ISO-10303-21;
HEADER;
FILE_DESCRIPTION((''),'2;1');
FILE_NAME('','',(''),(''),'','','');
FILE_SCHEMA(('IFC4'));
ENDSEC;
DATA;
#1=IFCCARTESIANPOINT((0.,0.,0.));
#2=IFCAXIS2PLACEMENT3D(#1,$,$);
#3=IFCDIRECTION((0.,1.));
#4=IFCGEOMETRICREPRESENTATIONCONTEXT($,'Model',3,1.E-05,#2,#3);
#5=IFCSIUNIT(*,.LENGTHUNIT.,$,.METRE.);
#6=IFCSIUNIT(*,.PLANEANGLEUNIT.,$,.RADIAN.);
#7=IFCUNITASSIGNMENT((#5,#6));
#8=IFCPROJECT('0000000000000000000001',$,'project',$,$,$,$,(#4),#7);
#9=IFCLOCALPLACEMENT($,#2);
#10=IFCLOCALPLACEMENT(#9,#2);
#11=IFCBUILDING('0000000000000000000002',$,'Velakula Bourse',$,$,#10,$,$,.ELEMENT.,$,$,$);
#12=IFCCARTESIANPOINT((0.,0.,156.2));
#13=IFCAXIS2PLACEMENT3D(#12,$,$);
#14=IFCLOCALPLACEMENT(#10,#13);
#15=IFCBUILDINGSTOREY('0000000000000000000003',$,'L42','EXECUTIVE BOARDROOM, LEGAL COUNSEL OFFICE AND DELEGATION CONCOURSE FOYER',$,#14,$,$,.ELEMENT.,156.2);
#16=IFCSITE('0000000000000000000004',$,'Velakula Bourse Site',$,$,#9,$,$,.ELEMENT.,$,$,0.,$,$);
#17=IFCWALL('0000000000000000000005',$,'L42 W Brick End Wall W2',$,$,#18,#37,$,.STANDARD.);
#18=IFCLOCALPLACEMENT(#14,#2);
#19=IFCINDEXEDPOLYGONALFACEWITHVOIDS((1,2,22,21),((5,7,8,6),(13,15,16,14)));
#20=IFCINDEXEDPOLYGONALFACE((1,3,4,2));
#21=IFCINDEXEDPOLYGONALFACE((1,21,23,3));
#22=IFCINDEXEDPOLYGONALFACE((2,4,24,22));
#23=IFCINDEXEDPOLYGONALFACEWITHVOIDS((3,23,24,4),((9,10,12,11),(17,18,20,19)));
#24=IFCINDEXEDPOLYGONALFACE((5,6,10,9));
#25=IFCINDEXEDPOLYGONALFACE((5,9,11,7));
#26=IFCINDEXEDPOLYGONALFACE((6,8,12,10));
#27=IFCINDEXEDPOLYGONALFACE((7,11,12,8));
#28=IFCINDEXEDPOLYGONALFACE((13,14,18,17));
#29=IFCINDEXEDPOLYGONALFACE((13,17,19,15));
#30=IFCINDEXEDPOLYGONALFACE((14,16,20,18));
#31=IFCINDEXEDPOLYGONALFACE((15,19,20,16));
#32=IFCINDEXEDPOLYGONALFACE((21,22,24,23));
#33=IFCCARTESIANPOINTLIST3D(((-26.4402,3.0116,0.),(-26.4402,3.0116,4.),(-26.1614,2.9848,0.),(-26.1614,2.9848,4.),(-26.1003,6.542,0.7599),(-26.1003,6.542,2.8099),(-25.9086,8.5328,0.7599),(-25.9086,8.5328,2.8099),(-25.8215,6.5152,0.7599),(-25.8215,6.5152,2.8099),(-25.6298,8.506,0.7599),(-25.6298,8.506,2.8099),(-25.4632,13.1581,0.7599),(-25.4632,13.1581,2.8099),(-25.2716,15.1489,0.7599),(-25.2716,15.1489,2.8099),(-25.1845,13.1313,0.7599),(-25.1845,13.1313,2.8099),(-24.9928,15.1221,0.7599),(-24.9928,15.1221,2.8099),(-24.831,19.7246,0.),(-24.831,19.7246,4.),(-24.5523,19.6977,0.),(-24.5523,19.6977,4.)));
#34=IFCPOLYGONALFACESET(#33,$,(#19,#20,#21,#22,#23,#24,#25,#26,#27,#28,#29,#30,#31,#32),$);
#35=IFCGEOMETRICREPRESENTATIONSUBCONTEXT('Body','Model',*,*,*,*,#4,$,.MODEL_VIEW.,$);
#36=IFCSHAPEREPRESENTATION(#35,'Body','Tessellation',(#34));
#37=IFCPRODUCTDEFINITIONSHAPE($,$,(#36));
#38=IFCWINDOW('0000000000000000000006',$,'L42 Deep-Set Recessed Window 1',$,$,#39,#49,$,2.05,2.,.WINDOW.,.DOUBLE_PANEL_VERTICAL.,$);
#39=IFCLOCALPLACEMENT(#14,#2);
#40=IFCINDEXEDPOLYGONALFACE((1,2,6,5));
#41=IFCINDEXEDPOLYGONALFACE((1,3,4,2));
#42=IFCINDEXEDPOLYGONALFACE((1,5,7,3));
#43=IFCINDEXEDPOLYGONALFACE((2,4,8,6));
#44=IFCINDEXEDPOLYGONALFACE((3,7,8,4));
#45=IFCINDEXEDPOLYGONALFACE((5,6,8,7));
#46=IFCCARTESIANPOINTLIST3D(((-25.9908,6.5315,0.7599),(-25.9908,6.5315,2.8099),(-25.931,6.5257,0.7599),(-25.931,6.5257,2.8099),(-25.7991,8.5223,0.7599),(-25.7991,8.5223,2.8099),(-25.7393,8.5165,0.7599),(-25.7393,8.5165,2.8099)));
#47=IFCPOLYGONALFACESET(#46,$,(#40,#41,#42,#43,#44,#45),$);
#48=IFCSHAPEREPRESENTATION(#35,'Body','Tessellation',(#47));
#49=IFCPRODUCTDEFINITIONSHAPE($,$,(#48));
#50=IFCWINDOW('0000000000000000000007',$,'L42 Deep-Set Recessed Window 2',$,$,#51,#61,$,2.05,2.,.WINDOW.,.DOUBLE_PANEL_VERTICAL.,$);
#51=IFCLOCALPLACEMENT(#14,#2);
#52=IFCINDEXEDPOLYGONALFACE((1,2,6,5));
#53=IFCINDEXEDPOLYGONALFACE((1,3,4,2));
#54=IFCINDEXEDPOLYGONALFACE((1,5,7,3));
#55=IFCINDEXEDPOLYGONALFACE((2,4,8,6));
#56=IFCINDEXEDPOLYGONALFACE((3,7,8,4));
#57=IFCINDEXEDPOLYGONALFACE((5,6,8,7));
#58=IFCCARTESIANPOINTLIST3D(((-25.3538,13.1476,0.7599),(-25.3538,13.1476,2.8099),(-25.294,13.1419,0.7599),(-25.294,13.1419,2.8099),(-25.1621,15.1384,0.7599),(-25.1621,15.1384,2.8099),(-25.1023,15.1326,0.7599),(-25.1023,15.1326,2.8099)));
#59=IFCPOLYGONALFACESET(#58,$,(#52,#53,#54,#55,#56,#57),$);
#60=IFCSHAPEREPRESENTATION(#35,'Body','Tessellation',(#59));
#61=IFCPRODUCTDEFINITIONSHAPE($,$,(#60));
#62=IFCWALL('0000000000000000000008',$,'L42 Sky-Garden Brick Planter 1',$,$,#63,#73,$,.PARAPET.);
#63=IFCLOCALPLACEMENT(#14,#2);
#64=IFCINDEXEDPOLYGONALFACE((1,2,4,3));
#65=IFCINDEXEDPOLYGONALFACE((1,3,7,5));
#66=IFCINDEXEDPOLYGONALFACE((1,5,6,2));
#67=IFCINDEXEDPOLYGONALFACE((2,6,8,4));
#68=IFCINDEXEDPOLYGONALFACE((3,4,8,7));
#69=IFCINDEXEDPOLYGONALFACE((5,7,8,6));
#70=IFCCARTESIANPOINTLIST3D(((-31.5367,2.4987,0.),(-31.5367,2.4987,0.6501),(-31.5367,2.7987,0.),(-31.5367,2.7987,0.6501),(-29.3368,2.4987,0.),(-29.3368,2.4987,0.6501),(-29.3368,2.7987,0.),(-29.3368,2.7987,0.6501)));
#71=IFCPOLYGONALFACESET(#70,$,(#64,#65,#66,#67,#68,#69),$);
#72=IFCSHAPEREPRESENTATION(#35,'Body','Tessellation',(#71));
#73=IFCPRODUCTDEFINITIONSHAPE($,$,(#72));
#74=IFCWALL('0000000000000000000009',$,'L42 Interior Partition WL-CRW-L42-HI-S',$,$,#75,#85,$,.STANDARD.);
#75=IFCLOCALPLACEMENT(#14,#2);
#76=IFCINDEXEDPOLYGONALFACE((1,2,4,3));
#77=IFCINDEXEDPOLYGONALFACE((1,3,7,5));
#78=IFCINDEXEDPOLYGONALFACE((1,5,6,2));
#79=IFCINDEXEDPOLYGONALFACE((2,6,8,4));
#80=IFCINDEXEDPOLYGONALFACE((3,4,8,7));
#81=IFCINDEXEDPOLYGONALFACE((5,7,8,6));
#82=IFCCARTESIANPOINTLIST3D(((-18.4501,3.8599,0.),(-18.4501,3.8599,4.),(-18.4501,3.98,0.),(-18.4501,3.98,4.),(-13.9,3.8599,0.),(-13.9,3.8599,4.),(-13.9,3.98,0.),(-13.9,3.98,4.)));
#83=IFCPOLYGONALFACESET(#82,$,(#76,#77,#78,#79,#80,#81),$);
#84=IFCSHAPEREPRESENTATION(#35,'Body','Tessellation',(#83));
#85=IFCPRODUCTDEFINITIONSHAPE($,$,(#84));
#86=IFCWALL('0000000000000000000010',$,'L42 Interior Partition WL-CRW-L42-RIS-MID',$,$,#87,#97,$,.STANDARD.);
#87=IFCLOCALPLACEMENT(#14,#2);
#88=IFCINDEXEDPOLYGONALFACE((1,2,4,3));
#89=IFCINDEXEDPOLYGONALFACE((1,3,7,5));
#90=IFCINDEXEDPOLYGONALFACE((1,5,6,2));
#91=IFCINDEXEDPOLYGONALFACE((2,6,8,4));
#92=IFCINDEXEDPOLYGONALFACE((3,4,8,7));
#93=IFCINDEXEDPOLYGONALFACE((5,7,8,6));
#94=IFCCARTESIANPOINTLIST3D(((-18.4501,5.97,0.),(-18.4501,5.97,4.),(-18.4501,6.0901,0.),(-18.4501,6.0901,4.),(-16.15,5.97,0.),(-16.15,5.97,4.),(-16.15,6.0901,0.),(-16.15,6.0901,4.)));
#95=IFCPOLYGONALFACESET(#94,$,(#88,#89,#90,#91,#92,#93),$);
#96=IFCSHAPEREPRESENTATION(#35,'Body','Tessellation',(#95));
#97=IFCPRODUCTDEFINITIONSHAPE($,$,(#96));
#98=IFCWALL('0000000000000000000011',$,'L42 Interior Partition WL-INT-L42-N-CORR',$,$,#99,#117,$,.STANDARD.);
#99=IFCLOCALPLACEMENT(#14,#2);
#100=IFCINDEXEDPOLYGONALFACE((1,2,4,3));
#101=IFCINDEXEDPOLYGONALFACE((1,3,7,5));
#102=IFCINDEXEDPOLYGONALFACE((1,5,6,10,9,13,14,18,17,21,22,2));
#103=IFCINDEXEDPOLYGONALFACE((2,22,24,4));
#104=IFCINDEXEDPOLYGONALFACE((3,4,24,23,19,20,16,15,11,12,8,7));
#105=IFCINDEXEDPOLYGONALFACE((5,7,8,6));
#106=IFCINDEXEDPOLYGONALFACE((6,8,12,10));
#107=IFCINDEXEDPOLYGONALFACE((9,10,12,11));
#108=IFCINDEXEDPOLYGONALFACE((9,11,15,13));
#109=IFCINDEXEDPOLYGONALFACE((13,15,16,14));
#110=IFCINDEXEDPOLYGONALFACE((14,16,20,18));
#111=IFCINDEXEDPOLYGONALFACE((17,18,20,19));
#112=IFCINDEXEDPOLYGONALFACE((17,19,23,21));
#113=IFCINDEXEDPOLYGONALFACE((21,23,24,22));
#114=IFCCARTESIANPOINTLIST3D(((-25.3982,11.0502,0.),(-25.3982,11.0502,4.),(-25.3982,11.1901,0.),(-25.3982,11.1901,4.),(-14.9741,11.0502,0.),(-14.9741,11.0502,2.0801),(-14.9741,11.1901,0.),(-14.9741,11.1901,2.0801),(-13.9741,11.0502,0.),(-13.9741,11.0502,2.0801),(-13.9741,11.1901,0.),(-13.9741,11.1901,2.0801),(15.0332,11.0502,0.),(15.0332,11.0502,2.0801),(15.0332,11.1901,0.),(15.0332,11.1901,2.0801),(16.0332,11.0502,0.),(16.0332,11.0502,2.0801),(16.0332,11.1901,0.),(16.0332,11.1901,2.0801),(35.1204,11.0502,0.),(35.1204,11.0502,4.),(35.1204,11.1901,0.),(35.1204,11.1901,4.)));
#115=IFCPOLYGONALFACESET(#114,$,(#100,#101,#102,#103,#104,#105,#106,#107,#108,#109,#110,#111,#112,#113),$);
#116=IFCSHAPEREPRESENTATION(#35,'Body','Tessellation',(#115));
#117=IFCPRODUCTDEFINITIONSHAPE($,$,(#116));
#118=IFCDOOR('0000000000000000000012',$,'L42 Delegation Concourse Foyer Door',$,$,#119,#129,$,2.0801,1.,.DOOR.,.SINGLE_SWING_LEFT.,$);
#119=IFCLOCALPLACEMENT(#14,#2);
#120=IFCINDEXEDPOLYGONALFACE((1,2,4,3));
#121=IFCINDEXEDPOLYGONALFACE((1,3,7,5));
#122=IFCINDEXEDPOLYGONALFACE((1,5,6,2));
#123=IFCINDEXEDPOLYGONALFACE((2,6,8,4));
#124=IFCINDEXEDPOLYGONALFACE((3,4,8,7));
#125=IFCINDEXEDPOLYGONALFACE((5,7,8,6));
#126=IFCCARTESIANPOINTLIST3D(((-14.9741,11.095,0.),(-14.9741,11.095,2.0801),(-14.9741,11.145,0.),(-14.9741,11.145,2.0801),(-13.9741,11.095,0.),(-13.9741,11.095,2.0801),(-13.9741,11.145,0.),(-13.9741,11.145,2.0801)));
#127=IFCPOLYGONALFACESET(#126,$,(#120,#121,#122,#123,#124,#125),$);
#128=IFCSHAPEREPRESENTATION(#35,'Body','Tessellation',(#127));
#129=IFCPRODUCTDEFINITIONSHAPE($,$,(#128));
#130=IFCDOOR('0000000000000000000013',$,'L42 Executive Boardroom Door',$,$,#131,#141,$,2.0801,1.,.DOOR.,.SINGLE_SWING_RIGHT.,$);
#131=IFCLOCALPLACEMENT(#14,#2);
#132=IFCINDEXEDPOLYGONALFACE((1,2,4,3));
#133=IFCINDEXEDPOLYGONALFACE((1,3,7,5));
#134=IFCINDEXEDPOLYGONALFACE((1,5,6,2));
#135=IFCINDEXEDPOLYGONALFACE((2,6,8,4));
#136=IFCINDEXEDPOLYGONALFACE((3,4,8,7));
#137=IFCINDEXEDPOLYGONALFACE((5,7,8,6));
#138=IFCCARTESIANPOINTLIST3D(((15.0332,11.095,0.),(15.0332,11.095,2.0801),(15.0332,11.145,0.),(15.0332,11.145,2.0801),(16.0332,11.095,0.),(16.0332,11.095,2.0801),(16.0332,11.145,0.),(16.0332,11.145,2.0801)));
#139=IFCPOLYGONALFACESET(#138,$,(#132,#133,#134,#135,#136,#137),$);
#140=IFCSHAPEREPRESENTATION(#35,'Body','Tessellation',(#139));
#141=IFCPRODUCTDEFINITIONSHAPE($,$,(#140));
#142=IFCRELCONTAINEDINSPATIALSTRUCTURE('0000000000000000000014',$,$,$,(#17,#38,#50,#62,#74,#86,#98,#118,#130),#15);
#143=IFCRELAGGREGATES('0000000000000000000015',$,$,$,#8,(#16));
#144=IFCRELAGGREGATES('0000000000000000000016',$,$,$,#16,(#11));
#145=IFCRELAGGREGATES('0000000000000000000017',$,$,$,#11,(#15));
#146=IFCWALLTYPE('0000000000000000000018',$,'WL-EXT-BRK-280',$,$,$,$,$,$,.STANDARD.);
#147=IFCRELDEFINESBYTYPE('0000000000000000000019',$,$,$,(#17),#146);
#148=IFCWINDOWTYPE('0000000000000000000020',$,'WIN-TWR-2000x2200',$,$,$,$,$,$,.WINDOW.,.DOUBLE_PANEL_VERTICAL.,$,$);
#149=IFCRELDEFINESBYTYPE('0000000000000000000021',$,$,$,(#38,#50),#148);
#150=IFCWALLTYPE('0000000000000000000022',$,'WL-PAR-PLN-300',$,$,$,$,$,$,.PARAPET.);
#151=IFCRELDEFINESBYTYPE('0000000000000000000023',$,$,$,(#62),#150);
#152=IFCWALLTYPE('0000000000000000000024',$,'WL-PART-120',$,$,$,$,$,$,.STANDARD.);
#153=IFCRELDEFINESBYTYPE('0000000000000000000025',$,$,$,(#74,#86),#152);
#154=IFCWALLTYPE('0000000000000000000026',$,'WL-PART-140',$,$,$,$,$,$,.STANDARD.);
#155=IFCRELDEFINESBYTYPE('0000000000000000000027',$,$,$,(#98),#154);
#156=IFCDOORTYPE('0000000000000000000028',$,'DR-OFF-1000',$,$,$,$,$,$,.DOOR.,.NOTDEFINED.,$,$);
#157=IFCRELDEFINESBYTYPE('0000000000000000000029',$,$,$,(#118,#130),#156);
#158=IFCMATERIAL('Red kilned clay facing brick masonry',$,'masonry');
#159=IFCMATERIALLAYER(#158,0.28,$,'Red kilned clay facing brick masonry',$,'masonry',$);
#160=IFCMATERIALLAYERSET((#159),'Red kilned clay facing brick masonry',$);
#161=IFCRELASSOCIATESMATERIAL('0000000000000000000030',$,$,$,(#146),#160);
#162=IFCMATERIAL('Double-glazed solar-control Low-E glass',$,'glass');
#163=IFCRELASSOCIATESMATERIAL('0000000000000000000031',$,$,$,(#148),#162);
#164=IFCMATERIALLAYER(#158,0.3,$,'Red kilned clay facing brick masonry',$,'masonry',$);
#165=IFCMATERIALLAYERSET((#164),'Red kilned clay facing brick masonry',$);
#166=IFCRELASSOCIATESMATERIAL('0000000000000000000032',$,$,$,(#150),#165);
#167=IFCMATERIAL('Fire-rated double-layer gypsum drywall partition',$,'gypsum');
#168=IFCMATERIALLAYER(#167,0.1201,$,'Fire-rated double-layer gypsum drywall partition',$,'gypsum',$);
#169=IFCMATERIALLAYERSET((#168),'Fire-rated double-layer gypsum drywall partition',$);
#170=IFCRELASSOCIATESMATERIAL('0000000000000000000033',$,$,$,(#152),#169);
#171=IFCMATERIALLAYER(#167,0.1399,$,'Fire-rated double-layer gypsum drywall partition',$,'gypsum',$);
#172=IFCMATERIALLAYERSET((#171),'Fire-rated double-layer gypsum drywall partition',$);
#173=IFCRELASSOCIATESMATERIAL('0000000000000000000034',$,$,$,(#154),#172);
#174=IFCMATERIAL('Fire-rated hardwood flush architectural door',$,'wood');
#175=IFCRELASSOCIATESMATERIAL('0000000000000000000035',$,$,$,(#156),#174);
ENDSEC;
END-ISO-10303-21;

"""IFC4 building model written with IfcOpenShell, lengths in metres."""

from ifc_helpers import new_model, si_unit, direction, frame, frame_2d, origin, place, context, subcontext, project, spatial, rectangle, extrude, material, layer, layer_set, type_object, element, fill, save


model = new_model("IFC4")

# Units and contexts
model_context = context("Model", 3, precision=1e-05, world=origin(), true_north=direction((0.0, 1.0)))
body_context = subcontext(model_context, "Body", "Model", "MODEL_VIEW")
ifc_project = project(units=[si_unit("LENGTHUNIT", "METRE"), si_unit("PLANEANGLEUNIT", "RADIAN")], contexts=[model_context])

# Site, building, storey
site_placement = place(None, origin())
site = spatial("IfcSite", under=ifc_project, at=site_placement, Name="Velakula Bourse Site", CompositionType="ELEMENT", RefElevation=0.0)
building_placement = place(site_placement, origin())
building = spatial("IfcBuilding", under=site, at=building_placement, Name="Velakula Bourse", CompositionType="ELEMENT")
storey_placement = place(building_placement, frame((0.0, 0.0, 156.2)))
storey = spatial("IfcBuildingStorey", under=building, at=storey_placement, Name="L42", Description="EXECUTIVE BOARDROOM, LEGAL COUNSEL OFFICE AND DELEGATION CONCOURSE FOYER", CompositionType="ELEMENT", Elevation=156.2)

# Shared definitions
ifc_material_1 = material(Name="Fire-rated hardwood flush architectural door", Category="wood")

# Wall, openings, windows
ifc_material_2 = material(Name="Red kilned clay facing brick masonry", Category="masonry")
ifc_layer_1 = layer(ifc_material_2, 0.28, Name="Red kilned clay facing brick masonry", Category="masonry")
ifc_layer_set_1 = layer_set([ifc_layer_1], Name="Red kilned clay facing brick masonry")
wall_type_1 = type_object("IfcWallType", Name="WL-EXT-BRK-280", PredefinedType="STANDARD", material=ifc_layer_set_1)
wall_1_placement = place(storey_placement, frame((-26.3008, 2.9983, 0.0), z_axis=(0.0, 0.0, 1.0), x_axis=(0.095838, 0.995397, 0.0)))
wall_1 = element("IfcWall", 1, at=wall_1_placement, inside=storey, type_object=wall_type_1, Name="L42 W Brick End Wall W2", PredefinedType="STANDARD", context=body_context, shape_type="SweptSolid", body=[
    extrude(rectangle(XDim=16.7903, YDim=0.28, at=frame_2d((8.395, 0.0))), origin(), (0.0, 0.0, 1.0), 4.0),
])
opening_1_placement = place(wall_1_placement, frame((3.5466, 0.0, 0.76)))
opening_1 = element("IfcOpeningElement", 2, at=opening_1_placement, cuts=wall_1, PredefinedType="OPENING", context=body_context, shape_type="SweptSolid", body=[
    extrude(rectangle(XDim=2.0, YDim=2.05, at=frame_2d((1.0, 1.0249))), frame((0.0, 0.1499, 0.0), z_axis=(0.0, -1.0, 0.0), x_axis=(1.0, 0.0, 0.0)), (0.0, 0.0, 1.0), 0.3),
])
opening_2_placement = place(wall_1_placement, frame((10.1934, 0.0, 0.76)))
opening_2 = element("IfcOpeningElement", 3, at=opening_2_placement, cuts=wall_1, PredefinedType="OPENING", context=body_context, shape_type="SweptSolid", body=[
    extrude(rectangle(XDim=2.0, YDim=2.05, at=frame_2d((1.0, 1.0249))), frame((0.0, 0.1499, 0.0), z_axis=(0.0, -1.0, 0.0), x_axis=(1.0, 0.0, 0.0)), (0.0, 0.0, 1.0), 0.3),
])
ifc_material_3 = material(Name="Double-glazed solar-control Low-E glass", Category="glass")
window_type = type_object("IfcWindowType", Name="WIN-TWR-2000x2200", PartitioningType="DOUBLE_PANEL_VERTICAL", PredefinedType="WINDOW", material=ifc_material_3)
window_1_placement = place(opening_1_placement, origin())
window_1 = element("IfcWindow", 4, at=window_1_placement, inside=storey, type_object=window_type, Name="L42 Deep-Set Recessed Window 1", OverallHeight=2.05, OverallWidth=2.0, PartitioningType="DOUBLE_PANEL_VERTICAL", PredefinedType="WINDOW", context=body_context, shape_type="SweptSolid", body=[
    extrude(rectangle(XDim=2.0, YDim=2.05, at=frame_2d((1.0, 1.0249))), frame((0.0, 0.03, 0.0), z_axis=(0.0, -1.0, 0.0), x_axis=(1.0, 0.0, 0.0)), (0.0, 0.0, 1.0), 0.0601),
])
fill(opening_1, window_1)
window_2_placement = place(opening_2_placement, origin())
window_2 = element("IfcWindow", 5, at=window_2_placement, inside=storey, type_object=window_type, Name="L42 Deep-Set Recessed Window 2", OverallHeight=2.05, OverallWidth=2.0, PartitioningType="DOUBLE_PANEL_VERTICAL", PredefinedType="WINDOW", context=body_context, shape_type="SweptSolid", body=[
    extrude(rectangle(XDim=2.0, YDim=2.05, at=frame_2d((1.0, 1.0249))), frame((0.0, 0.03, 0.0), z_axis=(0.0, -1.0, 0.0), x_axis=(1.0, 0.0, 0.0)), (0.0, 0.0, 1.0), 0.0601),
])
fill(opening_2, window_2)

# Walls
ifc_layer_2 = layer(ifc_material_2, 0.3, Name="Red kilned clay facing brick masonry", Category="masonry")
ifc_layer_set_2 = layer_set([ifc_layer_2], Name="Red kilned clay facing brick masonry")
wall_type_2 = type_object("IfcWallType", Name="WL-PAR-PLN-300", PredefinedType="PARAPET", material=ifc_layer_set_2)
wall_2_placement = place(storey_placement, frame((-31.5369, 2.6487, 0.0), z_axis=(0.0, 0.0, 1.0), x_axis=(1.0, 0.0, 0.0)))
element("IfcWall", 6, at=wall_2_placement, inside=storey, type_object=wall_type_2, Name="L42 Sky-Garden Brick Planter 1", PredefinedType="PARAPET", context=body_context, shape_type="SweptSolid", body=[
    extrude(rectangle(XDim=2.2, YDim=0.3, at=frame_2d((1.1001, 0.0))), origin(), (0.0, 0.0, 1.0), 0.6501),
])
ifc_material_4 = material(Name="Fire-rated double-layer gypsum drywall partition", Category="gypsum")
ifc_layer_3 = layer(ifc_material_4, 0.1201, Name="Fire-rated double-layer gypsum drywall partition", Category="gypsum")
ifc_layer_set_3 = layer_set([ifc_layer_3], Name="Fire-rated double-layer gypsum drywall partition")
wall_type_3 = type_object("IfcWallType", Name="WL-PART-120", PredefinedType="STANDARD", material=ifc_layer_set_3)
wall_3_placement = place(storey_placement, frame((-18.45, 3.9199, 0.0), z_axis=(0.0, 0.0, 1.0), x_axis=(1.0, 0.0, 0.0)))
element("IfcWall", 7, at=wall_3_placement, inside=storey, type_object=wall_type_3, Name="L42 Interior Partition WL-CRW-L42-HI-S", PredefinedType="STANDARD", context=body_context, shape_type="SweptSolid", body=[
    extrude(rectangle(XDim=4.55, YDim=0.1201, at=frame_2d((2.2749, 0.0))), origin(), (0.0, 0.0, 1.0), 4.0),
])
wall_4_placement = place(storey_placement, frame((-18.45, 6.03, 0.0), z_axis=(0.0, 0.0, 1.0), x_axis=(1.0, 0.0, 0.0)))
element("IfcWall", 8, at=wall_4_placement, inside=storey, type_object=wall_type_3, Name="L42 Interior Partition WL-CRW-L42-RIS-MID", PredefinedType="STANDARD", context=body_context, shape_type="SweptSolid", body=[
    extrude(rectangle(XDim=2.3, YDim=0.1201, at=frame_2d((1.1499, 0.0))), origin(), (0.0, 0.0, 1.0), 4.0),
])

# Wall, openings, doors
ifc_layer_4 = layer(ifc_material_4, 0.1399, Name="Fire-rated double-layer gypsum drywall partition", Category="gypsum")
ifc_layer_set_4 = layer_set([ifc_layer_4], Name="Fire-rated double-layer gypsum drywall partition")
wall_type_4 = type_object("IfcWallType", Name="WL-PART-140", PredefinedType="STANDARD", material=ifc_layer_set_4)
wall_5_placement = place(storey_placement, frame((-25.3982, 11.1201, 0.0), z_axis=(0.0, 0.0, 1.0), x_axis=(1.0, 0.0, 0.0)))
wall_5 = element("IfcWall", 9, at=wall_5_placement, inside=storey, type_object=wall_type_4, Name="L42 Interior Partition WL-INT-L42-N-CORR", PredefinedType="STANDARD", context=body_context, shape_type="SweptSolid", body=[
    extrude(rectangle(XDim=60.5186, YDim=0.1399, at=frame_2d((30.2593, 0.0))), origin(), (0.0, 0.0, 1.0), 4.0),
])
opening_3_placement = place(wall_5_placement, frame((10.4241, 0.0, 0.0)))
opening_3 = element("IfcOpeningElement", 10, at=opening_3_placement, cuts=wall_5, PredefinedType="OPENING", context=body_context, shape_type="SweptSolid", body=[
    extrude(rectangle(XDim=1.0, YDim=2.0801, at=frame_2d((0.5, 1.04))), frame((0.0, 0.0798, 0.0), z_axis=(0.0, -1.0, 0.0), x_axis=(1.0, 0.0, 0.0)), (0.0, 0.0, 1.0), 0.1599),
])
opening_4_placement = place(wall_5_placement, frame((40.4314, 0.0, 0.0)))
opening_4 = element("IfcOpeningElement", 11, at=opening_4_placement, cuts=wall_5, PredefinedType="OPENING", context=body_context, shape_type="SweptSolid", body=[
    extrude(rectangle(XDim=1.0, YDim=2.0801, at=frame_2d((0.5, 1.04))), frame((0.0, 0.0798, 0.0), z_axis=(0.0, -1.0, 0.0), x_axis=(1.0, 0.0, 0.0)), (0.0, 0.0, 1.0), 0.1599),
])
door_type_1 = type_object("IfcDoorType", Name="DR-OFF-1000", OperationType="NOTDEFINED", PredefinedType="DOOR", material=ifc_material_1)
door_1_placement = place(opening_3_placement, origin())
door_1 = element("IfcDoor", 12, at=door_1_placement, inside=storey, type_object=door_type_1, Name="L42 Delegation Concourse Foyer Door", OperationType="SINGLE_SWING_LEFT", OverallHeight=2.0801, OverallWidth=1.0, PredefinedType="DOOR", context=body_context, shape_type="SweptSolid", body=[
    extrude(rectangle(XDim=1.0, YDim=2.0801, at=frame_2d((0.5, 1.04))), frame((0.0, 0.0249, 0.0), z_axis=(0.0, -1.0, 0.0), x_axis=(1.0, 0.0, 0.0)), (0.0, 0.0, 1.0), 0.05),
])
fill(opening_3, door_1)
door_2_placement = place(opening_4_placement, origin())
door_2 = element("IfcDoor", 13, at=door_2_placement, inside=storey, type_object=door_type_1, Name="L42 Executive Boardroom Door", OperationType="SINGLE_SWING_RIGHT", OverallHeight=2.0801, OverallWidth=1.0, PredefinedType="DOOR", context=body_context, shape_type="SweptSolid", body=[
    extrude(rectangle(XDim=1.0, YDim=2.0801, at=frame_2d((0.5, 1.04))), frame((0.0, 0.0249, 0.0), z_axis=(0.0, -1.0, 0.0), x_axis=(1.0, 0.0, 0.0)), (0.0, 0.0, 1.0), 0.05),
])
fill(opening_4, door_2)

save(model, "model.ifc")
